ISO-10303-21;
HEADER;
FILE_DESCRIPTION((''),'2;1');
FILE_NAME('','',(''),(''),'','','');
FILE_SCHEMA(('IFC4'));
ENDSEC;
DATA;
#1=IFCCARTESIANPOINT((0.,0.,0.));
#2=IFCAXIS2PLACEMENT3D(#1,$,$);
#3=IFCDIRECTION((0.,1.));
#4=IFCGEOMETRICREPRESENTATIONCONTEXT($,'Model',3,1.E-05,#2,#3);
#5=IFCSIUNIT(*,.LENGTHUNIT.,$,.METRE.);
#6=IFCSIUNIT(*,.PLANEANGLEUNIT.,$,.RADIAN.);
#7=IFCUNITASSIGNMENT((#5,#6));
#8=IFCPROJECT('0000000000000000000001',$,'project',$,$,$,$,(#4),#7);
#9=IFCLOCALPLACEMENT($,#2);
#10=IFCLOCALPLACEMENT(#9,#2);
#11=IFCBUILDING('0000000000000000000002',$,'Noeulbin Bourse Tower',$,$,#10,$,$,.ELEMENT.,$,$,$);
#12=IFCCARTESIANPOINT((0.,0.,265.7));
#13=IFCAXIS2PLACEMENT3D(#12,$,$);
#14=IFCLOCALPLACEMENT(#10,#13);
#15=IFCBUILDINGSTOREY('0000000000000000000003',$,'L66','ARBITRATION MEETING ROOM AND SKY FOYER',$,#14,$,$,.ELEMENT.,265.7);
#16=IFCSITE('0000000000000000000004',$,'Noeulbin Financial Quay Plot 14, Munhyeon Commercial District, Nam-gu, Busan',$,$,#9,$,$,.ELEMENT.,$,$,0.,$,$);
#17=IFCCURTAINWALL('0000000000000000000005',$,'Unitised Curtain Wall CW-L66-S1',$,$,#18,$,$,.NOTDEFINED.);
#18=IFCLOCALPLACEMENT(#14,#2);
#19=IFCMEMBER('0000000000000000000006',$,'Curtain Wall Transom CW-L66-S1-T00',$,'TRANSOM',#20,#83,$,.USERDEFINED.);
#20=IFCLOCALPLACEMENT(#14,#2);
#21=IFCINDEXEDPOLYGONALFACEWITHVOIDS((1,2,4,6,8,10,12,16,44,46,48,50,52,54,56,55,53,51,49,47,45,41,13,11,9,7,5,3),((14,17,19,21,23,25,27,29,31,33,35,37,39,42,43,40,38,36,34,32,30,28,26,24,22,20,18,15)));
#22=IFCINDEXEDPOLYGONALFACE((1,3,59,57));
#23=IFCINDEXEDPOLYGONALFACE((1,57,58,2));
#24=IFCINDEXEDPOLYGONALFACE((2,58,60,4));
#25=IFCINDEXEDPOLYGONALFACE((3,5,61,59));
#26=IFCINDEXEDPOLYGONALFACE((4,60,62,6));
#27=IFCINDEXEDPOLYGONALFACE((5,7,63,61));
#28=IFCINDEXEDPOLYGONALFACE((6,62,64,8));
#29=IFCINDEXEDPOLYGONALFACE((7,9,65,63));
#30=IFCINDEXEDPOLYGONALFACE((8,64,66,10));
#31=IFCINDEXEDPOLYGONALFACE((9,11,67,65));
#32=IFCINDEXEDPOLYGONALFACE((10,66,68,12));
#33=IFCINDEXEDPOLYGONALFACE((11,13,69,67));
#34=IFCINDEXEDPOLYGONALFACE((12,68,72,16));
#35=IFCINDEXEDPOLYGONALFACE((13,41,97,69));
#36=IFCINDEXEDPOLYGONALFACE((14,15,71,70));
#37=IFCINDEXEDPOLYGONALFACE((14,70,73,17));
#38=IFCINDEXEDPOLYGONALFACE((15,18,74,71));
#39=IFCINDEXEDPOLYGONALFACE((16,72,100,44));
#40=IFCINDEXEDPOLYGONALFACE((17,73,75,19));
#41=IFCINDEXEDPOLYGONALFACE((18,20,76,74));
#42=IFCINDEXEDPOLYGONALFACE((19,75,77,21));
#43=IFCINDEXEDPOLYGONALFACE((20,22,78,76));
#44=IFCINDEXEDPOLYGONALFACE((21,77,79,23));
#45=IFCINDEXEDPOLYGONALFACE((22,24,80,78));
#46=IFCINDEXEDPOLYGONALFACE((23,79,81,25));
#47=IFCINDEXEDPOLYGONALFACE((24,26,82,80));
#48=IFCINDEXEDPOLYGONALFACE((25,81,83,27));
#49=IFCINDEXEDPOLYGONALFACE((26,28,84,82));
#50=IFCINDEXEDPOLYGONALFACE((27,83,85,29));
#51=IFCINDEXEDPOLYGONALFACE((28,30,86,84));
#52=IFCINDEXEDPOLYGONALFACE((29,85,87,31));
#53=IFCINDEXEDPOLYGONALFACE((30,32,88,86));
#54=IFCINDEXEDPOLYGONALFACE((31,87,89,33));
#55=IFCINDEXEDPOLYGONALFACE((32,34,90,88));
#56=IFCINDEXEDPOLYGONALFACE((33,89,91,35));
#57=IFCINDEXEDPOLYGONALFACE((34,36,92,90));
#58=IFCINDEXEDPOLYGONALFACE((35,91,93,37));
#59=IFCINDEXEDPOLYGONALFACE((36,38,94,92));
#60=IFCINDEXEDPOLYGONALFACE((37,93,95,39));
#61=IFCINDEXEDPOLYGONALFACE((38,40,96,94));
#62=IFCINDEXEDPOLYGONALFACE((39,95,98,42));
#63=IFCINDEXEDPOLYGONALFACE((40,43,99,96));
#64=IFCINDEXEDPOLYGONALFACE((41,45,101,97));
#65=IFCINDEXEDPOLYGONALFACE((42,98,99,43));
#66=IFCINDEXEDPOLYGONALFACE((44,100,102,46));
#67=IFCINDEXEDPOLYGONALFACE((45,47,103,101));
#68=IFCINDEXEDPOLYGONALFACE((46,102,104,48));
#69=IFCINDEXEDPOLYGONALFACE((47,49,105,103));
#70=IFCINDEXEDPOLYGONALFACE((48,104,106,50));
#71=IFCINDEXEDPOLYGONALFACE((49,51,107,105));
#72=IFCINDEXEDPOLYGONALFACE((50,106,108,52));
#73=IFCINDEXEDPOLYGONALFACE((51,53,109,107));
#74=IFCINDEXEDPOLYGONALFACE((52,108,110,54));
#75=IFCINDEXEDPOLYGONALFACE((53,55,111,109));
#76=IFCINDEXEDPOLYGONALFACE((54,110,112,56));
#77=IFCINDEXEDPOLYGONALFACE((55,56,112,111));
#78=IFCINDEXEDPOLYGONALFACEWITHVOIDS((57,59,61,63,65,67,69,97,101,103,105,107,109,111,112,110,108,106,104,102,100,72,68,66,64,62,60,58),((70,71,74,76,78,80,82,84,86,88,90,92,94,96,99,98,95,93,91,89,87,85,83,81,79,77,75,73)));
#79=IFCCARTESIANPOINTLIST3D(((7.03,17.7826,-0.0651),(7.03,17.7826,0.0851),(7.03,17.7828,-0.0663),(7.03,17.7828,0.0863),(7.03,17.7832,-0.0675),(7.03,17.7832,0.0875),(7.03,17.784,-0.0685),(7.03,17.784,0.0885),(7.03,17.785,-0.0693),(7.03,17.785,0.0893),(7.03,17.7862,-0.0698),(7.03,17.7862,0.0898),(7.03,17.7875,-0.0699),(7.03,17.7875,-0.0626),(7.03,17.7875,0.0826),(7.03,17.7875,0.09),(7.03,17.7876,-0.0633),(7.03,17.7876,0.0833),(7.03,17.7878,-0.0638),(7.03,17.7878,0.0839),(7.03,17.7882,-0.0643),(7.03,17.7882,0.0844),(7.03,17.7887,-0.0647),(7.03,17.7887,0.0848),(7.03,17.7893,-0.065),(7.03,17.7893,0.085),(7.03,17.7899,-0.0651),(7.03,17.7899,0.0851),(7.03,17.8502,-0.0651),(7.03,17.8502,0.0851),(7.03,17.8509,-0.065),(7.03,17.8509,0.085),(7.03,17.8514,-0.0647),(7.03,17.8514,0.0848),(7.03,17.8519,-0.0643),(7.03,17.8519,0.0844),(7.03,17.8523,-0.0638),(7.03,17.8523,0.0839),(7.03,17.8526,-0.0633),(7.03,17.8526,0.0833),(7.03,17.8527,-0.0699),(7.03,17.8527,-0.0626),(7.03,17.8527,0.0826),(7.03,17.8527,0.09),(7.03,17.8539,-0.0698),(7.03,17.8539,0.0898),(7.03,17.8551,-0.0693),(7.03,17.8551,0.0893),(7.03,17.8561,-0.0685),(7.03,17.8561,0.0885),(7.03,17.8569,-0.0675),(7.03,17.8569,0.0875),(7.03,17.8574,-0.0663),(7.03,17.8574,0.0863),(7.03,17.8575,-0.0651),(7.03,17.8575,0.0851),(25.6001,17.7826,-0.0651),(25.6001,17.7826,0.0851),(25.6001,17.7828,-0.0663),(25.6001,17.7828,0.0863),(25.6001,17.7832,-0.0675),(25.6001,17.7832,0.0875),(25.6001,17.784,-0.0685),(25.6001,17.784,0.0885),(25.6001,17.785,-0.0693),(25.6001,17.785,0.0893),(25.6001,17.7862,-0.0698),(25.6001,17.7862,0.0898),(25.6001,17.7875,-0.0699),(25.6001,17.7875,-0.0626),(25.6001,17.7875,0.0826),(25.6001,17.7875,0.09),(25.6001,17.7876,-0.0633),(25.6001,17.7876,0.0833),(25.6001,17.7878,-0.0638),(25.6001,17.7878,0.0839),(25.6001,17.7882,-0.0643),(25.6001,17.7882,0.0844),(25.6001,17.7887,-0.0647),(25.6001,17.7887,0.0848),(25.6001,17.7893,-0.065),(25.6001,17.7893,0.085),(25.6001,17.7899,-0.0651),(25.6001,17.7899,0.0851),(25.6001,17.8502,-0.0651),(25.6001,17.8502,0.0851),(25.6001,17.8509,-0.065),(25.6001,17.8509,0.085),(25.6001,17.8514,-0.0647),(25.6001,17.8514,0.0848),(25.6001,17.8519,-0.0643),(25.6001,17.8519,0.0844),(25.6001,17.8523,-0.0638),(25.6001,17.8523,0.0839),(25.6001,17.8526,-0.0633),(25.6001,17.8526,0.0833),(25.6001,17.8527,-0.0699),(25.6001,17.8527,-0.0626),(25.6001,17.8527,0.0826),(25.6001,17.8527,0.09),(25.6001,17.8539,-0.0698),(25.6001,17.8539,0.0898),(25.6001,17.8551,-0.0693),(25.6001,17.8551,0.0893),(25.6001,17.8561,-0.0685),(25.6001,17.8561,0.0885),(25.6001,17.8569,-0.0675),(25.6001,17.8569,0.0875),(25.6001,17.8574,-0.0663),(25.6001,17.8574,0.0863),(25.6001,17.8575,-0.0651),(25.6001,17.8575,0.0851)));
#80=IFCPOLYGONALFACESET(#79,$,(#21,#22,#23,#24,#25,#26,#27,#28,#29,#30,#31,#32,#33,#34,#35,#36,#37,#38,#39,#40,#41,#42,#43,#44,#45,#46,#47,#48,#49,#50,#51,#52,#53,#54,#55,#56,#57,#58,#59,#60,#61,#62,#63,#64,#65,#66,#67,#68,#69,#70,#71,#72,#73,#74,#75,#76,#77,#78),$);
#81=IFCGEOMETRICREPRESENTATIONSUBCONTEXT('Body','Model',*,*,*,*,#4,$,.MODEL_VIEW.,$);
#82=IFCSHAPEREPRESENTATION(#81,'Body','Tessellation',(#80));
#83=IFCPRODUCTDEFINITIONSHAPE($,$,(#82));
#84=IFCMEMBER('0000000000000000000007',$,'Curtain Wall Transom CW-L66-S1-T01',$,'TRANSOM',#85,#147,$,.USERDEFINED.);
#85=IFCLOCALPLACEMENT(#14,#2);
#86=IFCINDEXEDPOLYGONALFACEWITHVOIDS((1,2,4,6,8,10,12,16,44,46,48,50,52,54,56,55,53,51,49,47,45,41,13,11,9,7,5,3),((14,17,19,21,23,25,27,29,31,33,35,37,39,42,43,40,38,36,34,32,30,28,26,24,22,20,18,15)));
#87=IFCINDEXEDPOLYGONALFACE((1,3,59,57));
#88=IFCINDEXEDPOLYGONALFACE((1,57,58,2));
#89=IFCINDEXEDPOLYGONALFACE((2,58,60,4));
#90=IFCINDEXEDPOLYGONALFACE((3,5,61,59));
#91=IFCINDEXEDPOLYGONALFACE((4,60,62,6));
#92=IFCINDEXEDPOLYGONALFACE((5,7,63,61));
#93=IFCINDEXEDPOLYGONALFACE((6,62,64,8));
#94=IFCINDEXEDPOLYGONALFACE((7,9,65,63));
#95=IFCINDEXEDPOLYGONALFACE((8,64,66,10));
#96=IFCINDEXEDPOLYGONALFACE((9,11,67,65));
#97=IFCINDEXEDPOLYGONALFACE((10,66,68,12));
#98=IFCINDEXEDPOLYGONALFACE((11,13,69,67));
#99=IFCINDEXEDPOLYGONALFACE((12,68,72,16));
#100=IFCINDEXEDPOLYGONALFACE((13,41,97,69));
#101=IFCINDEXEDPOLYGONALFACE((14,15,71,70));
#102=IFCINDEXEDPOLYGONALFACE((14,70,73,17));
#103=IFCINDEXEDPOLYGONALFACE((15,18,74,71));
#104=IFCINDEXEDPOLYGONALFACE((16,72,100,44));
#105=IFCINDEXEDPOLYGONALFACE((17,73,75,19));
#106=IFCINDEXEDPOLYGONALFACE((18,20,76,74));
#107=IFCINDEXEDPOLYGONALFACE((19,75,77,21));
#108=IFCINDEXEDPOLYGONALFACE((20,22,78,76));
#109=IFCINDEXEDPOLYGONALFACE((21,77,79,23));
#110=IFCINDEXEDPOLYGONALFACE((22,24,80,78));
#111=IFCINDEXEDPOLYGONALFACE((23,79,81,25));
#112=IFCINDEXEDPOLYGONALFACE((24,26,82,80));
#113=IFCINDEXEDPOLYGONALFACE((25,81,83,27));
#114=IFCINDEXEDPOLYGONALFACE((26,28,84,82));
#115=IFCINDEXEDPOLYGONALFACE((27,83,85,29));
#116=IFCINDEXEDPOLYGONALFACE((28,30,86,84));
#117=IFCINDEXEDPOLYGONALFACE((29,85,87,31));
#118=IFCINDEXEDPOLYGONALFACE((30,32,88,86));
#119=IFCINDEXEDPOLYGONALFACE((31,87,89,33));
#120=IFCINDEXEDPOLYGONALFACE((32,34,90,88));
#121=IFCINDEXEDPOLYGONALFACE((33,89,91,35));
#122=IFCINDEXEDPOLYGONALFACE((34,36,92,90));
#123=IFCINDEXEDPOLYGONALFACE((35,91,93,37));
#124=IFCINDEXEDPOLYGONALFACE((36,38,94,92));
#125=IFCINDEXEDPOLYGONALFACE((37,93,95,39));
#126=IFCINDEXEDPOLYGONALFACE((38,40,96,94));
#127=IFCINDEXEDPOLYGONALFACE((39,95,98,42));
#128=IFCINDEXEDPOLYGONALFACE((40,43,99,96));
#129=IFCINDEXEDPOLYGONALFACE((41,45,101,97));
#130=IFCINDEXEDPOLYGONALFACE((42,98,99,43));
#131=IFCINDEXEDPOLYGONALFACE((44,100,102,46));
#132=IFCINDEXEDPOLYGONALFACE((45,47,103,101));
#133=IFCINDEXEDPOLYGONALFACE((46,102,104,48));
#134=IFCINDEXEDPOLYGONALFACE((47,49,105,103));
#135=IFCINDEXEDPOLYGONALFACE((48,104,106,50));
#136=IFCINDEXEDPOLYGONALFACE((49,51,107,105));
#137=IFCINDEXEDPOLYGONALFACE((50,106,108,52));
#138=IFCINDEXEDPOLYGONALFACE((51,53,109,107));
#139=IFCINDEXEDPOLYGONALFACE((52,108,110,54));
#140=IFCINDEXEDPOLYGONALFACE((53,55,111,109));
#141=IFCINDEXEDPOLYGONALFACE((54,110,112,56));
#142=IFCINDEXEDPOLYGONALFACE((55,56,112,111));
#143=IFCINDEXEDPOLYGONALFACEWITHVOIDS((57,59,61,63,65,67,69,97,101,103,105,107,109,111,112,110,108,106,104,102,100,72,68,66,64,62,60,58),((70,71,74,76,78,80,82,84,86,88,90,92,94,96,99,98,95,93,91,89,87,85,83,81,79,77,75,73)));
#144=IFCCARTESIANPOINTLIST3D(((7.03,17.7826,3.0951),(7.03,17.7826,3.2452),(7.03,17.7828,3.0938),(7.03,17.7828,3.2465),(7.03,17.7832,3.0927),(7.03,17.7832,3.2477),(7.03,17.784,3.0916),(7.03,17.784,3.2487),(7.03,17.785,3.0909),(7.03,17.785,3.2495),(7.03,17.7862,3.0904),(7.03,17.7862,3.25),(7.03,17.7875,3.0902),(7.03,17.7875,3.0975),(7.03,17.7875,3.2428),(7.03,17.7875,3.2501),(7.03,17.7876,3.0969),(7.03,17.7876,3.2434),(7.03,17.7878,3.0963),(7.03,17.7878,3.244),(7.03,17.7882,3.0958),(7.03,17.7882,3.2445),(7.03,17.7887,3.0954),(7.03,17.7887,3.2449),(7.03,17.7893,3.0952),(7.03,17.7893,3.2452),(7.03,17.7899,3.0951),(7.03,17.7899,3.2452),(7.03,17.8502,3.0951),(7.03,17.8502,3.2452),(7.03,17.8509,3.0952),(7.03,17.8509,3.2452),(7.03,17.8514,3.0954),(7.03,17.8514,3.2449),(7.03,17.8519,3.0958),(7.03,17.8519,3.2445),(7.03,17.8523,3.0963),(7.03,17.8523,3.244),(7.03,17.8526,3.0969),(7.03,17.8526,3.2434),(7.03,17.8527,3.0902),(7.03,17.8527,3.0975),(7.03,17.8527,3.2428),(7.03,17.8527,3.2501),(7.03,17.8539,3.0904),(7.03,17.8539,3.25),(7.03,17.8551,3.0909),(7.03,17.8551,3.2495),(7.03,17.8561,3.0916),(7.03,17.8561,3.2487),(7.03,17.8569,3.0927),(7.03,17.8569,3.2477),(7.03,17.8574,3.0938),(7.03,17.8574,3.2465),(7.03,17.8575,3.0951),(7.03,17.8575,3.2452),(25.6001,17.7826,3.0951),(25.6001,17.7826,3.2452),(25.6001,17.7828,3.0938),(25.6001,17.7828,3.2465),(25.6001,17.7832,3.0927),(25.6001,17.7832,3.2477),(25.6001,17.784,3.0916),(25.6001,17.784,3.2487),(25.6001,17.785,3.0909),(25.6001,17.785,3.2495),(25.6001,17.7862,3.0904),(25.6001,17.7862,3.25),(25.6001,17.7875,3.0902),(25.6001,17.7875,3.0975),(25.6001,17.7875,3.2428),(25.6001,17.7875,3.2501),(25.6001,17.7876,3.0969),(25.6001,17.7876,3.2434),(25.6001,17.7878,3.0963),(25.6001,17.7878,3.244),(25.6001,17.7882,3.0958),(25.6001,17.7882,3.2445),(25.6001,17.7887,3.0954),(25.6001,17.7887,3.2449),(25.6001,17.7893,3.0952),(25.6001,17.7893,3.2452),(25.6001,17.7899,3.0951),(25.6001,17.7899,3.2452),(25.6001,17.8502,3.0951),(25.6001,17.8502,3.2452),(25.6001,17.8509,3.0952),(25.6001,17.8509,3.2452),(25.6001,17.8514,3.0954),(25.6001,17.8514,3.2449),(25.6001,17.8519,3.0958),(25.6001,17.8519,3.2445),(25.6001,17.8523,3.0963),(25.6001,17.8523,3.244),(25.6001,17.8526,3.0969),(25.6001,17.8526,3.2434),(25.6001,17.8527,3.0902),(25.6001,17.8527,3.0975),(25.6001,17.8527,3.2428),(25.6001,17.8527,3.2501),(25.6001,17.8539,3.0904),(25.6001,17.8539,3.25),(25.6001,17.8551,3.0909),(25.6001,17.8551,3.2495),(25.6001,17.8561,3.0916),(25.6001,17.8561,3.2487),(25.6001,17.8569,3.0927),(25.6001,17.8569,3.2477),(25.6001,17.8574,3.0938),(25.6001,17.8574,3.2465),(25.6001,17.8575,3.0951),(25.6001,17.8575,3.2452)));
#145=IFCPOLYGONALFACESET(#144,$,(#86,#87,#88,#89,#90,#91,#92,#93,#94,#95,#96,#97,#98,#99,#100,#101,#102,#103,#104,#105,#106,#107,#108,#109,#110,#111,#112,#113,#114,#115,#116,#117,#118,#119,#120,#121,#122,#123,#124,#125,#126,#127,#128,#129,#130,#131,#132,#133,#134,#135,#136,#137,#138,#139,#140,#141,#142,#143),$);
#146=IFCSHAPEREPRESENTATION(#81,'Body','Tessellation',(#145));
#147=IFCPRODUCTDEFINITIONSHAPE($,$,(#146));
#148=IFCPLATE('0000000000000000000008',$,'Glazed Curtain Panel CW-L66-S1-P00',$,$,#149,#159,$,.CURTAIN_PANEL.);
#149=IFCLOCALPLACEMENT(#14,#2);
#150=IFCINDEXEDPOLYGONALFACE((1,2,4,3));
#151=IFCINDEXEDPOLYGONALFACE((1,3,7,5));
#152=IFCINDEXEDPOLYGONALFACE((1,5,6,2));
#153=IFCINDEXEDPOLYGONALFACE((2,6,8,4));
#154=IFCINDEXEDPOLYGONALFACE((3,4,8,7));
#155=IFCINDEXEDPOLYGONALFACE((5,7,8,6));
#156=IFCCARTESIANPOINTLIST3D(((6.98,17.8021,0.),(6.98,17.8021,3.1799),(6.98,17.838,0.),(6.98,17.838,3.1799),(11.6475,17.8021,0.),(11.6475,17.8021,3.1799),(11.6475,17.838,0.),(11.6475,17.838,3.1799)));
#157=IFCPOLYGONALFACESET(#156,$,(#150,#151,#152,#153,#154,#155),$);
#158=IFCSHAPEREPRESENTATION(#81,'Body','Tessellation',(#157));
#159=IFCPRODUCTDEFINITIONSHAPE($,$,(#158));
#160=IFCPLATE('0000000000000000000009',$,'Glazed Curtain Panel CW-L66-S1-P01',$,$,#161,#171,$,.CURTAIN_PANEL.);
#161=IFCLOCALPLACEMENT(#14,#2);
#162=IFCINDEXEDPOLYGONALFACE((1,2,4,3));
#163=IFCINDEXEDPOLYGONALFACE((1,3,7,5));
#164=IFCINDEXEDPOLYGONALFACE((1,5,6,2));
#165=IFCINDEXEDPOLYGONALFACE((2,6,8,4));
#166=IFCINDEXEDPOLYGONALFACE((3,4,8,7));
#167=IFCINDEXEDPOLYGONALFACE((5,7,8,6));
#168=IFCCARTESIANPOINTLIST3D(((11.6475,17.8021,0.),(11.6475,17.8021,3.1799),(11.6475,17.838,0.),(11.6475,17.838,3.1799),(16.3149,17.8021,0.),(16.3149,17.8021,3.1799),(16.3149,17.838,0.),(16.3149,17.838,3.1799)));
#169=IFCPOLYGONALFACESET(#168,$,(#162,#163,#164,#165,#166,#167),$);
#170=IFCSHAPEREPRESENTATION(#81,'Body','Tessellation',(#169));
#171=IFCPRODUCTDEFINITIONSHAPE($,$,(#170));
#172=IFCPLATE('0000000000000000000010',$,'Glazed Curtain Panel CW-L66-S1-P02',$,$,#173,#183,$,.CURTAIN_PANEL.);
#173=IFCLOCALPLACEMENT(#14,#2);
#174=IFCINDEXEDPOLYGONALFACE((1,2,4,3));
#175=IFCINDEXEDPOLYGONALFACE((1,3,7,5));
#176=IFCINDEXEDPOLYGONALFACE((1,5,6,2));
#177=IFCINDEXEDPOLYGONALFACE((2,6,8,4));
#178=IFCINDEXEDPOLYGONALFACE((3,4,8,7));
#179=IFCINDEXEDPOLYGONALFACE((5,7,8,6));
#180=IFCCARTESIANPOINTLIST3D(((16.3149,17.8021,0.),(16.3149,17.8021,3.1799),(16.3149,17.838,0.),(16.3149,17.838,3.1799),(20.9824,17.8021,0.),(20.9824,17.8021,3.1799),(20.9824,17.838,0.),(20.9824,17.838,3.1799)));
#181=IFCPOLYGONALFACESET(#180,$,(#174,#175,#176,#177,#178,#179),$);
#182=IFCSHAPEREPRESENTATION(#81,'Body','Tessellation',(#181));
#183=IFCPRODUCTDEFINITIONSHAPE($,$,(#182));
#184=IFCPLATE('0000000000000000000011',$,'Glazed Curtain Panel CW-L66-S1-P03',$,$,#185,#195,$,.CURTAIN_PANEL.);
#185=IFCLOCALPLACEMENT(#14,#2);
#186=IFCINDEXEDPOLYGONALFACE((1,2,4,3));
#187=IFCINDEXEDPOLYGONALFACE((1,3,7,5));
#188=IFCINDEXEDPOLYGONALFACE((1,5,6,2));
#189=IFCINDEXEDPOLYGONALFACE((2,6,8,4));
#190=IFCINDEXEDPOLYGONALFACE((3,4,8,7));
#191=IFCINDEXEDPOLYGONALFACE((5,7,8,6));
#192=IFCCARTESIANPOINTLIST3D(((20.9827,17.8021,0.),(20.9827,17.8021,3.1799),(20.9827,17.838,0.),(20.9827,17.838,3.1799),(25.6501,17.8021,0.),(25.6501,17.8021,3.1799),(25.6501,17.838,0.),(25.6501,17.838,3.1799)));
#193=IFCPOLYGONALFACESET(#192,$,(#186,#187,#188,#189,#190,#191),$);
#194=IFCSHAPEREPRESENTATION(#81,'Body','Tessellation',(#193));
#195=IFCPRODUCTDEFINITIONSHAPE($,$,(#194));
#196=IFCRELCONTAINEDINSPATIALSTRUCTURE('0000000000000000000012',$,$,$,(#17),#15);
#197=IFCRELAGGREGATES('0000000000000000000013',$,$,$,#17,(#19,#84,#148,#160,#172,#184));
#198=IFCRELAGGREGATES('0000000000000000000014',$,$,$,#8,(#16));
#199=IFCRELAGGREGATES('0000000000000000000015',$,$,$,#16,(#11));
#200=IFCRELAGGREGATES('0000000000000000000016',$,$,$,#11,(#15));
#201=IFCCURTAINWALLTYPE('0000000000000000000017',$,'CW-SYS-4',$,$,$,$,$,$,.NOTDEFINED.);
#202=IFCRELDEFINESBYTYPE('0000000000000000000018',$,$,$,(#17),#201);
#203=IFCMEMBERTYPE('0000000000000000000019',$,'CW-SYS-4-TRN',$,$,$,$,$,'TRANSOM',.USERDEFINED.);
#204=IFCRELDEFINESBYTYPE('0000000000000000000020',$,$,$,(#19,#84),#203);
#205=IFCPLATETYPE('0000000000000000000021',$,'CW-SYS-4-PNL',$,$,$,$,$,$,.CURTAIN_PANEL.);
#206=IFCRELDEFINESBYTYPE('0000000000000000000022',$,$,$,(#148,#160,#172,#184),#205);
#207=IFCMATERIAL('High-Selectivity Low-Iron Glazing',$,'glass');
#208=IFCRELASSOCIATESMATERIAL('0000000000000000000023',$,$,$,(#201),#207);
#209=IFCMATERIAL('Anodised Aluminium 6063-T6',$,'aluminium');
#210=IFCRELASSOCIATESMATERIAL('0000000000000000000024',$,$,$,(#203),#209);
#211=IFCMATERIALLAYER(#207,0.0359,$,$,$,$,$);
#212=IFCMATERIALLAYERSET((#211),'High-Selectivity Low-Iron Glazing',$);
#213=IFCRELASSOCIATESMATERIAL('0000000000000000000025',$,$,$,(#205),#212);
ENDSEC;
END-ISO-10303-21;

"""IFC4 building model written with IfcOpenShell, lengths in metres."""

from ifc_helpers import new_model, si_unit, direction, frame, origin, origin_2d, place, context, subcontext, project, spatial, rectangle, hollow_rectangle, extrude, material, layer, layer_set, material_profile, profile_set, type_object, element, aggregate, save


model = new_model("IFC4")

# Units and contexts
model_context = context("Model", 3, precision=1e-05, world=origin(), true_north=direction((0.0, 1.0)))
body_context = subcontext(model_context, "Body", "Model", "MODEL_VIEW")
ifc_project = project(units=[si_unit("LENGTHUNIT", "METRE"), si_unit("PLANEANGLEUNIT", "RADIAN")], contexts=[model_context])

# Site, building, storey
site_placement = place(None, origin())
site = spatial("IfcSite", under=ifc_project, at=site_placement, Name="Noeulbin Financial Quay Plot 14, Munhyeon Commercial District, Nam-gu, Busan", CompositionType="ELEMENT", RefElevation=0.0)
building_placement = place(site_placement, origin())
building = spatial("IfcBuilding", under=site, at=building_placement, Name="Noeulbin Bourse Tower", CompositionType="ELEMENT")
storey_placement = place(building_placement, frame((0.0, 0.0, 265.7)))
storey = spatial("IfcBuildingStorey", under=building, at=storey_placement, Name="L66", Description="ARBITRATION MEETING ROOM AND SKY FOYER", CompositionType="ELEMENT", Elevation=265.7)

# Curtain wall, members, plates
ifc_material_1 = material(Name="High-Selectivity Low-Iron Glazing", Category="glass")
curtain_wall_type = type_object("IfcCurtainWallType", Name="CW-SYS-4", PredefinedType="NOTDEFINED", material=ifc_material_1)
curtain_wall_placement = place(storey_placement, origin())
curtain_wall = element("IfcCurtainWall", 1, at=curtain_wall_placement, inside=storey, type_object=curtain_wall_type, Name="Unitised Curtain Wall CW-L66-S1", PredefinedType="NOTDEFINED")
ifc_material_2 = material(Name="Anodised Aluminium 6063-T6", Category="aluminium")
ifc_material_profile_1 = material_profile(ifc_material_2, hollow_rectangle(XDim=0.075, YDim=0.1599, WallThickness=0.0049, InnerFilletRadius=0.0024, OuterFilletRadius=0.0049, at=origin_2d()), Name="ALU-TRAN-75x160x5", Category="LoadBearing")
ifc_profile_set_1 = profile_set([ifc_material_profile_1], Name="Anodised Aluminium 6063-T6")
member_type_1 = type_object("IfcMemberType", Name="CW-SYS-4-TRN", ElementType="TRANSOM", PredefinedType="USERDEFINED", material=ifc_profile_set_1)
member_1_placement = place(storey_placement, frame((7.03, 17.8201, 0.01), z_axis=(1.0, 0.0, 0.0), x_axis=(0.0, 1.0, 0.0)))
member_1 = element("IfcMember", 2, at=member_1_placement, type_object=member_type_1, Name="Curtain Wall Transom CW-L66-S1-T00", ObjectType="TRANSOM", PredefinedType="USERDEFINED", context=body_context, shape_type="SweptSolid", body=[
    extrude(hollow_rectangle(XDim=0.075, YDim=0.1599, WallThickness=0.0049, InnerFilletRadius=0.0024, OuterFilletRadius=0.0049, at=origin_2d()), origin(), (0.0, 0.0, 1.0), 18.5701),
])
member_2_placement = place(storey_placement, frame((7.03, 17.8201, 3.1702), z_axis=(1.0, 0.0, 0.0), x_axis=(0.0, 1.0, 0.0)))
member_2 = element("IfcMember", 3, at=member_2_placement, type_object=member_type_1, Name="Curtain Wall Transom CW-L66-S1-T01", ObjectType="TRANSOM", PredefinedType="USERDEFINED", context=body_context, shape_type="SweptSolid", body=[
    extrude(hollow_rectangle(XDim=0.075, YDim=0.1599, WallThickness=0.0049, InnerFilletRadius=0.0024, OuterFilletRadius=0.0049, at=origin_2d()), origin(), (0.0, 0.0, 1.0), 18.5701),
])
ifc_layer_1 = layer(ifc_material_1, 0.0359)
ifc_layer_set_1 = layer_set([ifc_layer_1], Name="High-Selectivity Low-Iron Glazing")
plate_type_1 = type_object("IfcPlateType", Name="CW-SYS-4-PNL", PredefinedType="CURTAIN_PANEL", material=ifc_layer_set_1)
plate_1_placement = place(storey_placement, frame((9.3137, 17.8201, 0.0), z_axis=(0.0, 0.0, 1.0), x_axis=(1.0, 0.0, 0.0)))
plate_1 = element("IfcPlate", 4, at=plate_1_placement, type_object=plate_type_1, Name="Glazed Curtain Panel CW-L66-S1-P00", PredefinedType="CURTAIN_PANEL", context=body_context, shape_type="SweptSolid", body=[
    extrude(rectangle(XDim=4.6675, YDim=0.0359, at=origin_2d()), origin(), (0.0, 0.0, 1.0), 3.1799),
])
plate_2_placement = place(storey_placement, frame((13.9812, 17.8201, 0.0), z_axis=(0.0, 0.0, 1.0), x_axis=(1.0, 0.0, 0.0)))
plate_2 = element("IfcPlate", 5, at=plate_2_placement, type_object=plate_type_1, Name="Glazed Curtain Panel CW-L66-S1-P01", PredefinedType="CURTAIN_PANEL", context=body_context, shape_type="SweptSolid", body=[
    extrude(rectangle(XDim=4.6675, YDim=0.0359, at=origin_2d()), origin(), (0.0, 0.0, 1.0), 3.1799),
])
plate_3_placement = place(storey_placement, frame((18.6487, 17.8201, 0.0), z_axis=(0.0, 0.0, 1.0), x_axis=(1.0, 0.0, 0.0)))
plate_3 = element("IfcPlate", 6, at=plate_3_placement, type_object=plate_type_1, Name="Glazed Curtain Panel CW-L66-S1-P02", PredefinedType="CURTAIN_PANEL", context=body_context, shape_type="SweptSolid", body=[
    extrude(rectangle(XDim=4.6675, YDim=0.0359, at=origin_2d()), origin(), (0.0, 0.0, 1.0), 3.1799),
])
plate_4_placement = place(storey_placement, frame((23.3164, 17.8201, 0.0), z_axis=(0.0, 0.0, 1.0), x_axis=(1.0, 0.0, 0.0)))
plate_4 = element("IfcPlate", 7, at=plate_4_placement, type_object=plate_type_1, Name="Glazed Curtain Panel CW-L66-S1-P03", PredefinedType="CURTAIN_PANEL", context=body_context, shape_type="SweptSolid", body=[
    extrude(rectangle(XDim=4.6675, YDim=0.0359, at=origin_2d()), origin(), (0.0, 0.0, 1.0), 3.1799),
])
aggregate(curtain_wall, [member_1, member_2, plate_1, plate_2, plate_3, plate_4])

save(model, "model.ifc")
